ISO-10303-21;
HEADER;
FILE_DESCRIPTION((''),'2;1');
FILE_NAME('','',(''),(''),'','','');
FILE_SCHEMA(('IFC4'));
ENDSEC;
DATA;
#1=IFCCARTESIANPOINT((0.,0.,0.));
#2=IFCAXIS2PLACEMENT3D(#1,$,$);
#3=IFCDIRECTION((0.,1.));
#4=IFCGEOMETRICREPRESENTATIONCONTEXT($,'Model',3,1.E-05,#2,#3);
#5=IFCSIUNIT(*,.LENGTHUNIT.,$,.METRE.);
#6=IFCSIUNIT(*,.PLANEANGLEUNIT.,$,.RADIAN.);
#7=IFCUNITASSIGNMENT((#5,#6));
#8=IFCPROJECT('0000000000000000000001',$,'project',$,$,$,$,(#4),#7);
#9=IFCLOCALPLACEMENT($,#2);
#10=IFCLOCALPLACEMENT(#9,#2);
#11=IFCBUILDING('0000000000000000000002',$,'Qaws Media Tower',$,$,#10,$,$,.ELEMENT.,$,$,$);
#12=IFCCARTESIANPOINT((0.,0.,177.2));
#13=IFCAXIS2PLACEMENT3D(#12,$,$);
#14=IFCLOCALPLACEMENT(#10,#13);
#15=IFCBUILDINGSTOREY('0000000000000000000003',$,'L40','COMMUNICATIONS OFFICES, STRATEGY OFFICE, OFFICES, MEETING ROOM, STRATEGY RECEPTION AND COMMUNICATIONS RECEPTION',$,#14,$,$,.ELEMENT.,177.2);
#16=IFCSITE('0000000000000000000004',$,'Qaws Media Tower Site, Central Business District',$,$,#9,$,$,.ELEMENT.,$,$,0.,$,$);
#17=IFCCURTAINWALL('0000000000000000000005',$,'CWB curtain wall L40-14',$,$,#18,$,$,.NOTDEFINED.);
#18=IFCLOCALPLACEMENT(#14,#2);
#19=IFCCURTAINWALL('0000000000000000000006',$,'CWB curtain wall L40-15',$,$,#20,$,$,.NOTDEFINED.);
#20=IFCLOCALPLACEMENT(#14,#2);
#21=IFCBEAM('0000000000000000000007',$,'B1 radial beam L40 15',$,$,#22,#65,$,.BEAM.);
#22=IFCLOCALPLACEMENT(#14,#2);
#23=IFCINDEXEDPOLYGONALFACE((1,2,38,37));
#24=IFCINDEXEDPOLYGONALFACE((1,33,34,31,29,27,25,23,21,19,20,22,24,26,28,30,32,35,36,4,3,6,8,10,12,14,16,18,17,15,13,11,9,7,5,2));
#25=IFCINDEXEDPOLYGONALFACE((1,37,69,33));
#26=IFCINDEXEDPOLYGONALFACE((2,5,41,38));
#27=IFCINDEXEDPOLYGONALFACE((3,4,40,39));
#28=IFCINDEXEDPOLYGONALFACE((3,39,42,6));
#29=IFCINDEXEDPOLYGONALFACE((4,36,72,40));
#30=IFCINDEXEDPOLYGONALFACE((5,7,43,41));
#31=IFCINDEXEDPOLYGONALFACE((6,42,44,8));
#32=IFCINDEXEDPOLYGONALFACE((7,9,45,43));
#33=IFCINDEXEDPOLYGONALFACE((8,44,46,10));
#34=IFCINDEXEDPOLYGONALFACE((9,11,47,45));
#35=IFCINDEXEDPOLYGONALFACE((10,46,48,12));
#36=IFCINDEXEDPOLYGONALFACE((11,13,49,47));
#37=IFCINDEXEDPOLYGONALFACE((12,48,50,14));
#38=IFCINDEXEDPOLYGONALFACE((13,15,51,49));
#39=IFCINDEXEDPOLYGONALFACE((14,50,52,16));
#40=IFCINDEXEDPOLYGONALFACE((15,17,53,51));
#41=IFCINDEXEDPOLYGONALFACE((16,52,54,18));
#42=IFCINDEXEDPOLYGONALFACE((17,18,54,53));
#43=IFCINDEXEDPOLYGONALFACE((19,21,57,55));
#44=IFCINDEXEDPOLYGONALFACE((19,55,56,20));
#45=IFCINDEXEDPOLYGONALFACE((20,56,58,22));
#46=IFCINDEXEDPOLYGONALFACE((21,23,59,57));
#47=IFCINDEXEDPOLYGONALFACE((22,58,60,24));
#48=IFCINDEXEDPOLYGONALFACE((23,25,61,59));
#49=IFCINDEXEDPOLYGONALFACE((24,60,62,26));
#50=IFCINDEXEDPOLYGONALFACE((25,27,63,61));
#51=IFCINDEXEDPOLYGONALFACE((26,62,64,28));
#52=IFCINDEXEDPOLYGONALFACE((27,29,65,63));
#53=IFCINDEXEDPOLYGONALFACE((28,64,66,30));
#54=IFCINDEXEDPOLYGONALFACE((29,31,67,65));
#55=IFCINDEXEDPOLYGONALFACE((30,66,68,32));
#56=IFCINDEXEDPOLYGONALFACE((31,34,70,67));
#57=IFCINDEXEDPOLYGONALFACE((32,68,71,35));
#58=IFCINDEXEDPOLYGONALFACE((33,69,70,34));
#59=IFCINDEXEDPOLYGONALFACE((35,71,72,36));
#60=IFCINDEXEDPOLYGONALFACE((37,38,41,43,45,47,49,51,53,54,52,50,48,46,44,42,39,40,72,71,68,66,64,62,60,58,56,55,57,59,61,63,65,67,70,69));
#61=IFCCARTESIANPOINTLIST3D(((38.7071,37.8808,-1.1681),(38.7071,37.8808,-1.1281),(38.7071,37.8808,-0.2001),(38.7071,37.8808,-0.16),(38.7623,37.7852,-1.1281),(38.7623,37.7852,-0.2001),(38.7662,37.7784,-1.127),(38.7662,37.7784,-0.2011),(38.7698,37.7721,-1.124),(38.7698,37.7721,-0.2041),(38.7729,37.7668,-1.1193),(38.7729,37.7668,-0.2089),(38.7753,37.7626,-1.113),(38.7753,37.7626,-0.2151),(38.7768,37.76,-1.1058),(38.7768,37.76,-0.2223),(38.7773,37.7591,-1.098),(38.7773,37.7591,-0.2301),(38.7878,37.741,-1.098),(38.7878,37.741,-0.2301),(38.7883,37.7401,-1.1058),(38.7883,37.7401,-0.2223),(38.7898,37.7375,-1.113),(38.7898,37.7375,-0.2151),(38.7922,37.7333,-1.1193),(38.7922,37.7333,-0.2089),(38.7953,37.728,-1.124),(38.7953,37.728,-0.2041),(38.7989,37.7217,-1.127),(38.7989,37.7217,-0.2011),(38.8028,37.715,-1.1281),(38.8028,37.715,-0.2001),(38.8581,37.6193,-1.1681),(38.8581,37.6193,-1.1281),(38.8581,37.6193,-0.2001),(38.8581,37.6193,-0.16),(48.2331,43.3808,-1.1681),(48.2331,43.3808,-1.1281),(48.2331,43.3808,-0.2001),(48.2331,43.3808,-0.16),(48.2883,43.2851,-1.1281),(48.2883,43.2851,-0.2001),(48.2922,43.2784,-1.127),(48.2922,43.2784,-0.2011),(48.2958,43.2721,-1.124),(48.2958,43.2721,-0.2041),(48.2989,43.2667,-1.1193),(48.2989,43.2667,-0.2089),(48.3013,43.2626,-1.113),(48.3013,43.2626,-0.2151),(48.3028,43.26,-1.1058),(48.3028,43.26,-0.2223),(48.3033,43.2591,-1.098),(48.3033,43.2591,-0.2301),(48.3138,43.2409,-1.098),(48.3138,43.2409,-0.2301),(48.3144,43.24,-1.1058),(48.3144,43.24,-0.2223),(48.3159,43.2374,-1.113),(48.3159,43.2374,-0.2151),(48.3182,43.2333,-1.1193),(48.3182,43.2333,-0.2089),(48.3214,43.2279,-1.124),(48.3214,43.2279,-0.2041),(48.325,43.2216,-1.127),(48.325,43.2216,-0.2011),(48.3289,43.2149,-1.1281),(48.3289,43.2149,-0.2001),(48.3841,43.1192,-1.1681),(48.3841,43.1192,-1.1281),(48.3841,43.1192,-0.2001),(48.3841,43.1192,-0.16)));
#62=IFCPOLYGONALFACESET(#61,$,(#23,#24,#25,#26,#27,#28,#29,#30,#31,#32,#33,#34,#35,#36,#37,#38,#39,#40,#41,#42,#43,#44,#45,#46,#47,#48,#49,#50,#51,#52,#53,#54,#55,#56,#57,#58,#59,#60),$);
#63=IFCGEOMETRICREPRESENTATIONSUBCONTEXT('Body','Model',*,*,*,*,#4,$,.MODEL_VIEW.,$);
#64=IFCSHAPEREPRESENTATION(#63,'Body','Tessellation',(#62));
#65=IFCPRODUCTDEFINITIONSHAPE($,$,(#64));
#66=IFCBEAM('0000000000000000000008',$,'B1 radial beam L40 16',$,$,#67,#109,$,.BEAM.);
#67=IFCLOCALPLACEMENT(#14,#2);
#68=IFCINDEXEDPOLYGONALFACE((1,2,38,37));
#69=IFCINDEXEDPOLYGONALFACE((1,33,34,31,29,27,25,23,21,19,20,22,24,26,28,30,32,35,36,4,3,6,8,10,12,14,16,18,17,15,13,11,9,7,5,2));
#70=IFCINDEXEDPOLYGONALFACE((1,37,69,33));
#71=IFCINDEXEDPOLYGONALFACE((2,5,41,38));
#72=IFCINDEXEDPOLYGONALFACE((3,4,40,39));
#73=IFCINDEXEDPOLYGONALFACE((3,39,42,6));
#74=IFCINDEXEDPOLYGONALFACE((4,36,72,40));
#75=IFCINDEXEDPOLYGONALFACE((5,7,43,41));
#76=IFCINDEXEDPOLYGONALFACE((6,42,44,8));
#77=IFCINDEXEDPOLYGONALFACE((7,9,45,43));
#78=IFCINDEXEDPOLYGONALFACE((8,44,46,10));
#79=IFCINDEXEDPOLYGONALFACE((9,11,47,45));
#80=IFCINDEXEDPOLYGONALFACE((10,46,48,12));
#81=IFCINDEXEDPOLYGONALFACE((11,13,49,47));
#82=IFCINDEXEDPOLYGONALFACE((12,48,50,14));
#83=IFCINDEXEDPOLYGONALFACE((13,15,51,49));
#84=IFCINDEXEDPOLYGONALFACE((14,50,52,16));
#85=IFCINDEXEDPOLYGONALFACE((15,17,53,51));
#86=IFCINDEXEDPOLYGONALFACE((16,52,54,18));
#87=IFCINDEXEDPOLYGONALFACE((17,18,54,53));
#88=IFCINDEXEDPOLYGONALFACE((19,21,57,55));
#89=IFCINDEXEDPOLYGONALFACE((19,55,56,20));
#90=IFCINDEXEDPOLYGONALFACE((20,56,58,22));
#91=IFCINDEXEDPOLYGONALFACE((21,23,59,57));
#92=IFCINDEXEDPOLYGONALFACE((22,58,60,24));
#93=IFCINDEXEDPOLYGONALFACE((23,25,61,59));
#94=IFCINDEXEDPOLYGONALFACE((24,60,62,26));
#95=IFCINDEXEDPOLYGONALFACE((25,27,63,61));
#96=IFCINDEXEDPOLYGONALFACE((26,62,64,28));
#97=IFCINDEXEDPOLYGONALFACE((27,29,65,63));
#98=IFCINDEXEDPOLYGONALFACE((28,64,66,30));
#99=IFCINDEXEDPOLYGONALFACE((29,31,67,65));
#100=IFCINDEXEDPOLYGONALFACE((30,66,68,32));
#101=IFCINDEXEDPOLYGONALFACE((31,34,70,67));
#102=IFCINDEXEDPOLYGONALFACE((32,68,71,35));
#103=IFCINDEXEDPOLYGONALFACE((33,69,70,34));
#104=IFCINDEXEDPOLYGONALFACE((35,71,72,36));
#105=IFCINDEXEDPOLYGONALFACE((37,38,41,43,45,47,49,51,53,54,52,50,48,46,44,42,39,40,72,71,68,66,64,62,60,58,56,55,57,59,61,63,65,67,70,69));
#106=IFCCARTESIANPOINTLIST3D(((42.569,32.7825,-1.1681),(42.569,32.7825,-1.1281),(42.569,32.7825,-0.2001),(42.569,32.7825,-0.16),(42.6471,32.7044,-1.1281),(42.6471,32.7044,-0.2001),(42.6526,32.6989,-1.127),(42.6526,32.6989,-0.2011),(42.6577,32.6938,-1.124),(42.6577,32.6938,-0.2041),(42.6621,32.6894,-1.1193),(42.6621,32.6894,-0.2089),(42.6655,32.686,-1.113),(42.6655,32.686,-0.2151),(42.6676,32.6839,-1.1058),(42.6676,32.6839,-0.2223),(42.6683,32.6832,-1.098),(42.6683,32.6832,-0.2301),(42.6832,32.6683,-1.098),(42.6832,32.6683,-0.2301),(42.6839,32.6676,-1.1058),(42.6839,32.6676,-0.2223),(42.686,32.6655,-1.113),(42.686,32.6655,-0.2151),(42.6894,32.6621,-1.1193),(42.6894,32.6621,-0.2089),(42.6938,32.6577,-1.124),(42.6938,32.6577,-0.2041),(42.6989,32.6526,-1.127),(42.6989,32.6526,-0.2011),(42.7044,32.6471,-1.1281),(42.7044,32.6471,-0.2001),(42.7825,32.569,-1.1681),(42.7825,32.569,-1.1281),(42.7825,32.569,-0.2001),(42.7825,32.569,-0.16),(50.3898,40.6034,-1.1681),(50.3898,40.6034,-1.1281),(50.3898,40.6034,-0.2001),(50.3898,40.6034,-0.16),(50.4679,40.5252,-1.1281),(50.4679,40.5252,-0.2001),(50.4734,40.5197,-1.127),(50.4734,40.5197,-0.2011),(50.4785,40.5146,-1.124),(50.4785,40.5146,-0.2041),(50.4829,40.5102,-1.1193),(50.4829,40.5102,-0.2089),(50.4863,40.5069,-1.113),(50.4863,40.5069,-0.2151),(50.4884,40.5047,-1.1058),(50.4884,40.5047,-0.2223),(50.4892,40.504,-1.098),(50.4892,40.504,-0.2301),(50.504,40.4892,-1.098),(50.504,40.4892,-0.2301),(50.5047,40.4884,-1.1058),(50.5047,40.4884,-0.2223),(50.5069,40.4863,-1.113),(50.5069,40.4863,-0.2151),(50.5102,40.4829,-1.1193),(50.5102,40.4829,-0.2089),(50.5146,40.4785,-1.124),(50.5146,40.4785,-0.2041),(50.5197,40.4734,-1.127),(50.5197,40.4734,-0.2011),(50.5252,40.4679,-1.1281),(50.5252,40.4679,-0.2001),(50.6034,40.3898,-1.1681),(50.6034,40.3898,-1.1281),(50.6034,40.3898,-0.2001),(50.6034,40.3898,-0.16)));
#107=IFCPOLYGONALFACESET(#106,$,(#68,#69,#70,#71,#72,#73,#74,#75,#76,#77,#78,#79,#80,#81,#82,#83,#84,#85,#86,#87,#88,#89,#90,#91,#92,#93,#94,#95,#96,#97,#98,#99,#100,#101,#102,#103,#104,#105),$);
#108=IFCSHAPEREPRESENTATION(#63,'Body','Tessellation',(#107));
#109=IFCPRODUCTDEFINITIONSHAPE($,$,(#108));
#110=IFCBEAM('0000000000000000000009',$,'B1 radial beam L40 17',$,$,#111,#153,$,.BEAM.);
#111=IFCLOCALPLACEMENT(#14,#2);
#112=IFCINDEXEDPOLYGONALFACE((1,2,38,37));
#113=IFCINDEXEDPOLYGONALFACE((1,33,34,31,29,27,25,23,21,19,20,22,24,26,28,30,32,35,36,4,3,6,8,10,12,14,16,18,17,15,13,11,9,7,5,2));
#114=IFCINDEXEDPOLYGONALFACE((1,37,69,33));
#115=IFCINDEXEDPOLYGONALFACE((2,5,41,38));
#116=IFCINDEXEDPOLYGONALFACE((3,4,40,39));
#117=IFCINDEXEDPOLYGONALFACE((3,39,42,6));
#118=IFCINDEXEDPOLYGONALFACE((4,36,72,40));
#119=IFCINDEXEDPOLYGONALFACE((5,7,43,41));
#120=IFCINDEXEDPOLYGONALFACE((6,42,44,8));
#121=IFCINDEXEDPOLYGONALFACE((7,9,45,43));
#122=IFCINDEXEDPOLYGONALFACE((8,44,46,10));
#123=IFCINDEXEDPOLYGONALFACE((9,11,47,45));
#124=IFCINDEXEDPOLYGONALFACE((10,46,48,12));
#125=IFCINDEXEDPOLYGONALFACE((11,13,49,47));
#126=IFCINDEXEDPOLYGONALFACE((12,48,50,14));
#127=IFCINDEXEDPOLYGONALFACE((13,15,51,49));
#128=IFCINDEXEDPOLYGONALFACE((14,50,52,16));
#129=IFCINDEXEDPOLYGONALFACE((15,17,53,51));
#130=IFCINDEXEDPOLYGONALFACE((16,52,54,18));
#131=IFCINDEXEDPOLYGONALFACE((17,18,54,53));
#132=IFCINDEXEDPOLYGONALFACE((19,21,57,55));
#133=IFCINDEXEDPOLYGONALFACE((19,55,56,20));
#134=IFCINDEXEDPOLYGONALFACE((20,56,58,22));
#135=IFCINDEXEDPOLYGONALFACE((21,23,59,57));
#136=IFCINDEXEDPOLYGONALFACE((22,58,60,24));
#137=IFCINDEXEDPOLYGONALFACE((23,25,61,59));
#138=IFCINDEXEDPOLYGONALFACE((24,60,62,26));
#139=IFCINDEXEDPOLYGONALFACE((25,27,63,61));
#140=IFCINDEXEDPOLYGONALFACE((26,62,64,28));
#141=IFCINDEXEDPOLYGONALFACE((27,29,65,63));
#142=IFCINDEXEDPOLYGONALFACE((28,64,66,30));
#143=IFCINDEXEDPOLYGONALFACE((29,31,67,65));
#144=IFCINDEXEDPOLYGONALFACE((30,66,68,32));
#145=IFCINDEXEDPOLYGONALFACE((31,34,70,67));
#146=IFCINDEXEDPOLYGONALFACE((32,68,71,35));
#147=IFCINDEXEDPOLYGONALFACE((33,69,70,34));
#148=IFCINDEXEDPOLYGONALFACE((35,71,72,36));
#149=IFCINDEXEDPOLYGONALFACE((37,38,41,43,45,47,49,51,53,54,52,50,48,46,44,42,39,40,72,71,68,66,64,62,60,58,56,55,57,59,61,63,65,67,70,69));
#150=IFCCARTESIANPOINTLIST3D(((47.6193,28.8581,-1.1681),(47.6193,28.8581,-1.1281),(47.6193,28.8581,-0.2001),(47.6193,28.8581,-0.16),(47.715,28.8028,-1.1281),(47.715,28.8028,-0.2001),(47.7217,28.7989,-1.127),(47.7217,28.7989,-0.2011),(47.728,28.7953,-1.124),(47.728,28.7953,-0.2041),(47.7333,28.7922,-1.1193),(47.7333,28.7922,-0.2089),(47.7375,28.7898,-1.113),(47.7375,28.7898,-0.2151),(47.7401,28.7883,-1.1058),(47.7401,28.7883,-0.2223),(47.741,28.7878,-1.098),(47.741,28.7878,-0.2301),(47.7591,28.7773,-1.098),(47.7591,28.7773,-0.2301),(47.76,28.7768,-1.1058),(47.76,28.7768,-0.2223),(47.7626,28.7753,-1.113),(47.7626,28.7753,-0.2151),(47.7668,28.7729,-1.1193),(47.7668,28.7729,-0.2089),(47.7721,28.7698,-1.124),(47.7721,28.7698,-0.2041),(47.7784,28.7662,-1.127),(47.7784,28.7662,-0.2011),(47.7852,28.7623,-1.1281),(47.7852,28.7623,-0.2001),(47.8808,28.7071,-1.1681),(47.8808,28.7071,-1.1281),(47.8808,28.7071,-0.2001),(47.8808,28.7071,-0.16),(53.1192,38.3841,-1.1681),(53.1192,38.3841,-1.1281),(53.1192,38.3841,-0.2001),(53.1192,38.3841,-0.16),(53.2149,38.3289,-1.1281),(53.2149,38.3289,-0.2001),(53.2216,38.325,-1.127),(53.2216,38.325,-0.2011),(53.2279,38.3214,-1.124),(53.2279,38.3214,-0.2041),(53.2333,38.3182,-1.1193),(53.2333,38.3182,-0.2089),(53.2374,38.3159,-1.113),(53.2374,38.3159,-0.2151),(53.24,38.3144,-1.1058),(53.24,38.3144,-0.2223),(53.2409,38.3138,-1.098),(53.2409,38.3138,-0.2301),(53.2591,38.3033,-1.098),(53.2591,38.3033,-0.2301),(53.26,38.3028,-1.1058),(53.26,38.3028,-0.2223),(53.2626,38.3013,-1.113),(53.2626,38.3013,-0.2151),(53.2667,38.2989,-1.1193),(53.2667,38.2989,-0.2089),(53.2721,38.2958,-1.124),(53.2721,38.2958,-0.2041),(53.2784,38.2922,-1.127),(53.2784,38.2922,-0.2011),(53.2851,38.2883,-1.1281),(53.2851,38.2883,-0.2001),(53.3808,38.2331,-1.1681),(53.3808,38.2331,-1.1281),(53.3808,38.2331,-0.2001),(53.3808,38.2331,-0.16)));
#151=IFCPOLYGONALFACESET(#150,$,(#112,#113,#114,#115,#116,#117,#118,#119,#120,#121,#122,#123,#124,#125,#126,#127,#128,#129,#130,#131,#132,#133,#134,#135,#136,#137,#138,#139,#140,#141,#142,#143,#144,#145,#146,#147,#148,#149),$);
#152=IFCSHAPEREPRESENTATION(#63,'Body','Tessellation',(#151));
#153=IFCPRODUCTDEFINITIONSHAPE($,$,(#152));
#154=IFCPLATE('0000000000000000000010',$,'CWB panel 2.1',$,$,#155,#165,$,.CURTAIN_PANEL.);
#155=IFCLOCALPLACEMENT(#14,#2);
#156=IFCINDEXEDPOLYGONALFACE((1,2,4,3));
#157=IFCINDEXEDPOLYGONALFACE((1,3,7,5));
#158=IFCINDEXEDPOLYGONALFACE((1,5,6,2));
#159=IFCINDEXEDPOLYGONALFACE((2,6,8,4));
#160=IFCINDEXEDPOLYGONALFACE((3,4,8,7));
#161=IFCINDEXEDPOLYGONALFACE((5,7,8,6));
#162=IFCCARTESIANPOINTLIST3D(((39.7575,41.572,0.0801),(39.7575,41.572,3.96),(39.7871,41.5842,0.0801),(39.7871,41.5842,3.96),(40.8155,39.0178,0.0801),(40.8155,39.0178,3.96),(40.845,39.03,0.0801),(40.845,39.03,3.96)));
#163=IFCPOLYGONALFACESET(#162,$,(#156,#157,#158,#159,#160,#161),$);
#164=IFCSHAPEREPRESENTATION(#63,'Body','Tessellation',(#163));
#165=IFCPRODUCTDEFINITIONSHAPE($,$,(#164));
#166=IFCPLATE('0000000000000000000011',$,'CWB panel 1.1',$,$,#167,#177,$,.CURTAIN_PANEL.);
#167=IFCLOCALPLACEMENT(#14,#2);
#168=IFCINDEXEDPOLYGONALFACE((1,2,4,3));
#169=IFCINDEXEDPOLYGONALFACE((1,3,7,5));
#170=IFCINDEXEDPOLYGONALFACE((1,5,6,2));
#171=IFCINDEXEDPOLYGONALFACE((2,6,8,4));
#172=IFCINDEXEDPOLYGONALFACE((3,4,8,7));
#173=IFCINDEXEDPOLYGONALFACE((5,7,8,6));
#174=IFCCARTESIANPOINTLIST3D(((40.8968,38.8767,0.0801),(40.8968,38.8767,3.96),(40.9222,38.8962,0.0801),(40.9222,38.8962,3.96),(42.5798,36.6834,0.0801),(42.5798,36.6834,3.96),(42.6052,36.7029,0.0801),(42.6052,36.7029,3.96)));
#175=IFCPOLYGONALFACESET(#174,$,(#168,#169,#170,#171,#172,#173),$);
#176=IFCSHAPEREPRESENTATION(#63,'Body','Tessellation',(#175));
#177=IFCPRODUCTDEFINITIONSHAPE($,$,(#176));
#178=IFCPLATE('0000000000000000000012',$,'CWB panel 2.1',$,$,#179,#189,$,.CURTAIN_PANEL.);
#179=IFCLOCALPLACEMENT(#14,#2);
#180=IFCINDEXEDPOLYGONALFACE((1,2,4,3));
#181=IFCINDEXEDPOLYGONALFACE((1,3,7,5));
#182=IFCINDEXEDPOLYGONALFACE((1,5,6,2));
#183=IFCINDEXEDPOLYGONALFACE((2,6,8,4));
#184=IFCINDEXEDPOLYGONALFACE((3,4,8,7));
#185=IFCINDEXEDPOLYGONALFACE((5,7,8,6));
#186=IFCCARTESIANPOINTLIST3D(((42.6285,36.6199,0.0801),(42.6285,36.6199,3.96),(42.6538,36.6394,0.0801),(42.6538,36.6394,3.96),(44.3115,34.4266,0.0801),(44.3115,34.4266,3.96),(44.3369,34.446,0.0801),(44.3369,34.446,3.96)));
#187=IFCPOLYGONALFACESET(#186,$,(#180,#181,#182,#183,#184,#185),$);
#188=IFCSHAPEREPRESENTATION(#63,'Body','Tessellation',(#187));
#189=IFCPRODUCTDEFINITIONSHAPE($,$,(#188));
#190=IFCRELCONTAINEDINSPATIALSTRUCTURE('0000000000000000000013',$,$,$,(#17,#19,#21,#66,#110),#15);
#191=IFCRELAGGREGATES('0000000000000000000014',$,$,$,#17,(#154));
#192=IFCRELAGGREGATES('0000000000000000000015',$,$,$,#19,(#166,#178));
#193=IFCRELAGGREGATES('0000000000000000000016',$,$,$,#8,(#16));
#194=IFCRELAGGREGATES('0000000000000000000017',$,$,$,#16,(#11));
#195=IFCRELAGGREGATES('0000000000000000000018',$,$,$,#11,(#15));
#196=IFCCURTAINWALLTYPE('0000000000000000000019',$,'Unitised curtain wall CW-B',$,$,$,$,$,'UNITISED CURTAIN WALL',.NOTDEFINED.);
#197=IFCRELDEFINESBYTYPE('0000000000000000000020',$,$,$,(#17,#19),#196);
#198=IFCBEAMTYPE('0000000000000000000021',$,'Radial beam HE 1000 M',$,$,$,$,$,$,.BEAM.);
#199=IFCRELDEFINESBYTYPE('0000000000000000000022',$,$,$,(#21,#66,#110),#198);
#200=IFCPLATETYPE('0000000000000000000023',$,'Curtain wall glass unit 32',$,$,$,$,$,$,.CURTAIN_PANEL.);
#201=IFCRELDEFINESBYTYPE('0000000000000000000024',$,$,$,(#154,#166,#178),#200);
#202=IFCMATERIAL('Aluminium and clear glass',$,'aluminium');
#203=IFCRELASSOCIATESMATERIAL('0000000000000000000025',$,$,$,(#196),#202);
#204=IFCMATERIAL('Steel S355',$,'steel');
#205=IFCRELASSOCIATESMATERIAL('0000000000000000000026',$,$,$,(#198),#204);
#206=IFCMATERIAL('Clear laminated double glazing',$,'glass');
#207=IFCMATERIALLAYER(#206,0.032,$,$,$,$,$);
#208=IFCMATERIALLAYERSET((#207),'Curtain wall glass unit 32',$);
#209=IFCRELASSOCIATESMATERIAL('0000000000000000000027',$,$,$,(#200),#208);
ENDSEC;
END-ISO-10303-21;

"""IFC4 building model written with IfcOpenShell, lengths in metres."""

from ifc_helpers import new_model, si_unit, direction, frame, origin, origin_2d, place, context, subcontext, project, spatial, rectangle, i_section, extrude, material, layer, layer_set, material_profile, profile_set, type_object, element, aggregate, save


model = new_model("IFC4")

# Units and contexts
model_context = context("Model", 3, precision=1e-05, world=origin(), true_north=direction((0.0, 1.0)))
body_context = subcontext(model_context, "Body", "Model", "MODEL_VIEW")
ifc_project = project(units=[si_unit("LENGTHUNIT", "METRE"), si_unit("PLANEANGLEUNIT", "RADIAN")], contexts=[model_context])

# Site, building, storey
site_placement = place(None, origin())
site = spatial("IfcSite", under=ifc_project, at=site_placement, Name="Qaws Media Tower Site, Central Business District", CompositionType="ELEMENT", RefElevation=0.0)
building_placement = place(site_placement, origin())
building = spatial("IfcBuilding", under=site, at=building_placement, Name="Qaws Media Tower", CompositionType="ELEMENT")
storey_placement = place(building_placement, frame((0.0, 0.0, 177.2)))
storey = spatial("IfcBuildingStorey", under=building, at=storey_placement, Name="L40", Description="COMMUNICATIONS OFFICES, STRATEGY OFFICE, OFFICES, MEETING ROOM, STRATEGY RECEPTION AND COMMUNICATIONS RECEPTION", CompositionType="ELEMENT", Elevation=177.2)

# Curtain wall
ifc_material_1 = material(Name="Aluminium and clear glass", Category="aluminium")
curtain_wall_type = type_object("IfcCurtainWallType", Name="Unitised curtain wall CW-B", ElementType="UNITISED CURTAIN WALL", PredefinedType="NOTDEFINED", material=ifc_material_1)
curtain_wall_1_placement = place(storey_placement, origin())
curtain_wall_1 = element("IfcCurtainWall", 1, at=curtain_wall_1_placement, inside=storey, type_object=curtain_wall_type, Name="CWB curtain wall L40-14", PredefinedType="NOTDEFINED")

# Curtain wall
curtain_wall_2_placement = place(storey_placement, origin())
curtain_wall_2 = element("IfcCurtainWall", 2, at=curtain_wall_2_placement, inside=storey, type_object=curtain_wall_type, Name="CWB curtain wall L40-15", PredefinedType="NOTDEFINED")

# Beams
ifc_material_2 = material(Name="Steel S355", Category="steel")
ifc_material_profile_1 = material_profile(ifc_material_2, i_section(OverallWidth=0.302, OverallDepth=1.0081, WebThickness=0.021, FlangeThickness=0.04, FilletRadius=0.03, at=origin_2d()), Name="HE 1000 M")
ifc_profile_set_1 = profile_set([ifc_material_profile_1], Name="Steel S355")
beam_type_1 = type_object("IfcBeamType", Name="Radial beam HE 1000 M", PredefinedType="BEAM", material=ifc_profile_set_1)
beam_1_placement = place(storey_placement, frame((48.3086, 43.25, -0.6641), z_axis=(-0.866022, -0.500006, 0.0), x_axis=(0.500006, -0.866022, 0.0)))
element("IfcBeam", 3, at=beam_1_placement, inside=storey, type_object=beam_type_1, Name="B1 radial beam L40 15", PredefinedType="BEAM", context=body_context, shape_type="SweptSolid", body=[
    extrude(i_section(OverallWidth=0.302, OverallDepth=1.0081, WebThickness=0.021, FlangeThickness=0.04, FilletRadius=0.03, at=origin_2d()), origin(), (0.0, 0.0, 1.0), 10.9998),
])
beam_2_placement = place(storey_placement, frame((50.4966, 40.4966, -0.6641), z_axis=(-0.707107, -0.707107, 0.0), x_axis=(0.707107, -0.707107, 0.0)))
element("IfcBeam", 4, at=beam_2_placement, inside=storey, type_object=beam_type_1, Name="B1 radial beam L40 16", PredefinedType="BEAM", context=body_context, shape_type="SweptSolid", body=[
    extrude(i_section(OverallWidth=0.302, OverallDepth=1.0081, WebThickness=0.021, FlangeThickness=0.04, FilletRadius=0.03, at=origin_2d()), origin(), (0.0, 0.0, 1.0), 11.0603),
])
beam_3_placement = place(storey_placement, frame((53.25, 38.3086, -0.6641), z_axis=(-0.500006, -0.866022, 0.0), x_axis=(0.866022, -0.500006, 0.0)))
element("IfcBeam", 5, at=beam_3_placement, inside=storey, type_object=beam_type_1, Name="B1 radial beam L40 17", PredefinedType="BEAM", context=body_context, shape_type="SweptSolid", body=[
    extrude(i_section(OverallWidth=0.302, OverallDepth=1.0081, WebThickness=0.021, FlangeThickness=0.04, FilletRadius=0.03, at=origin_2d()), origin(), (0.0, 0.0, 1.0), 10.9998),
])

# Plates
ifc_material_3 = material(Name="Clear laminated double glazing", Category="glass")
ifc_layer_1 = layer(ifc_material_3, 0.032)
ifc_layer_set_1 = layer_set([ifc_layer_1], Name="Curtain wall glass unit 32")
plate_type_1 = type_object("IfcPlateType", Name="Curtain wall glass unit 32", PredefinedType="CURTAIN_PANEL", material=ifc_layer_set_1)
plate_1_placement = place(storey_placement, frame((40.3013, 40.301, 0.0801), z_axis=(0.0, 0.0, 1.0), x_axis=(0.382684, -0.923879, 0.0)))
plate_1 = element("IfcPlate", 6, at=plate_1_placement, type_object=plate_type_1, Name="CWB panel 2.1", PredefinedType="CURTAIN_PANEL", context=body_context, shape_type="SweptSolid", body=[
    extrude(rectangle(XDim=2.7646, YDim=0.032, at=origin_2d()), origin(), (0.0, 0.0, 1.0), 3.8799),
])
aggregate(curtain_wall_1, [plate_1])
plate_2_placement = place(storey_placement, frame((41.751, 37.7898, 0.0801), z_axis=(0.0, 0.0, 1.0), x_axis=(0.608761, -0.793353, 0.0)))
plate_2 = element("IfcPlate", 7, at=plate_2_placement, type_object=plate_type_1, Name="CWB panel 1.1", PredefinedType="CURTAIN_PANEL", context=body_context, shape_type="SweptSolid", body=[
    extrude(rectangle(XDim=2.7646, YDim=0.032, at=origin_2d()), origin(), (0.0, 0.0, 1.0), 3.8799),
])
plate_3_placement = place(storey_placement, frame((43.4827, 35.533, 0.0801), z_axis=(0.0, 0.0, 1.0), x_axis=(0.608761, -0.793353, 0.0)))
plate_3 = element("IfcPlate", 8, at=plate_3_placement, type_object=plate_type_1, Name="CWB panel 2.1", PredefinedType="CURTAIN_PANEL", context=body_context, shape_type="SweptSolid", body=[
    extrude(rectangle(XDim=2.7646, YDim=0.032, at=origin_2d()), origin(), (0.0, 0.0, 1.0), 3.8799),
])
aggregate(curtain_wall_2, [plate_2, plate_3])

save(model, "model.ifc")
